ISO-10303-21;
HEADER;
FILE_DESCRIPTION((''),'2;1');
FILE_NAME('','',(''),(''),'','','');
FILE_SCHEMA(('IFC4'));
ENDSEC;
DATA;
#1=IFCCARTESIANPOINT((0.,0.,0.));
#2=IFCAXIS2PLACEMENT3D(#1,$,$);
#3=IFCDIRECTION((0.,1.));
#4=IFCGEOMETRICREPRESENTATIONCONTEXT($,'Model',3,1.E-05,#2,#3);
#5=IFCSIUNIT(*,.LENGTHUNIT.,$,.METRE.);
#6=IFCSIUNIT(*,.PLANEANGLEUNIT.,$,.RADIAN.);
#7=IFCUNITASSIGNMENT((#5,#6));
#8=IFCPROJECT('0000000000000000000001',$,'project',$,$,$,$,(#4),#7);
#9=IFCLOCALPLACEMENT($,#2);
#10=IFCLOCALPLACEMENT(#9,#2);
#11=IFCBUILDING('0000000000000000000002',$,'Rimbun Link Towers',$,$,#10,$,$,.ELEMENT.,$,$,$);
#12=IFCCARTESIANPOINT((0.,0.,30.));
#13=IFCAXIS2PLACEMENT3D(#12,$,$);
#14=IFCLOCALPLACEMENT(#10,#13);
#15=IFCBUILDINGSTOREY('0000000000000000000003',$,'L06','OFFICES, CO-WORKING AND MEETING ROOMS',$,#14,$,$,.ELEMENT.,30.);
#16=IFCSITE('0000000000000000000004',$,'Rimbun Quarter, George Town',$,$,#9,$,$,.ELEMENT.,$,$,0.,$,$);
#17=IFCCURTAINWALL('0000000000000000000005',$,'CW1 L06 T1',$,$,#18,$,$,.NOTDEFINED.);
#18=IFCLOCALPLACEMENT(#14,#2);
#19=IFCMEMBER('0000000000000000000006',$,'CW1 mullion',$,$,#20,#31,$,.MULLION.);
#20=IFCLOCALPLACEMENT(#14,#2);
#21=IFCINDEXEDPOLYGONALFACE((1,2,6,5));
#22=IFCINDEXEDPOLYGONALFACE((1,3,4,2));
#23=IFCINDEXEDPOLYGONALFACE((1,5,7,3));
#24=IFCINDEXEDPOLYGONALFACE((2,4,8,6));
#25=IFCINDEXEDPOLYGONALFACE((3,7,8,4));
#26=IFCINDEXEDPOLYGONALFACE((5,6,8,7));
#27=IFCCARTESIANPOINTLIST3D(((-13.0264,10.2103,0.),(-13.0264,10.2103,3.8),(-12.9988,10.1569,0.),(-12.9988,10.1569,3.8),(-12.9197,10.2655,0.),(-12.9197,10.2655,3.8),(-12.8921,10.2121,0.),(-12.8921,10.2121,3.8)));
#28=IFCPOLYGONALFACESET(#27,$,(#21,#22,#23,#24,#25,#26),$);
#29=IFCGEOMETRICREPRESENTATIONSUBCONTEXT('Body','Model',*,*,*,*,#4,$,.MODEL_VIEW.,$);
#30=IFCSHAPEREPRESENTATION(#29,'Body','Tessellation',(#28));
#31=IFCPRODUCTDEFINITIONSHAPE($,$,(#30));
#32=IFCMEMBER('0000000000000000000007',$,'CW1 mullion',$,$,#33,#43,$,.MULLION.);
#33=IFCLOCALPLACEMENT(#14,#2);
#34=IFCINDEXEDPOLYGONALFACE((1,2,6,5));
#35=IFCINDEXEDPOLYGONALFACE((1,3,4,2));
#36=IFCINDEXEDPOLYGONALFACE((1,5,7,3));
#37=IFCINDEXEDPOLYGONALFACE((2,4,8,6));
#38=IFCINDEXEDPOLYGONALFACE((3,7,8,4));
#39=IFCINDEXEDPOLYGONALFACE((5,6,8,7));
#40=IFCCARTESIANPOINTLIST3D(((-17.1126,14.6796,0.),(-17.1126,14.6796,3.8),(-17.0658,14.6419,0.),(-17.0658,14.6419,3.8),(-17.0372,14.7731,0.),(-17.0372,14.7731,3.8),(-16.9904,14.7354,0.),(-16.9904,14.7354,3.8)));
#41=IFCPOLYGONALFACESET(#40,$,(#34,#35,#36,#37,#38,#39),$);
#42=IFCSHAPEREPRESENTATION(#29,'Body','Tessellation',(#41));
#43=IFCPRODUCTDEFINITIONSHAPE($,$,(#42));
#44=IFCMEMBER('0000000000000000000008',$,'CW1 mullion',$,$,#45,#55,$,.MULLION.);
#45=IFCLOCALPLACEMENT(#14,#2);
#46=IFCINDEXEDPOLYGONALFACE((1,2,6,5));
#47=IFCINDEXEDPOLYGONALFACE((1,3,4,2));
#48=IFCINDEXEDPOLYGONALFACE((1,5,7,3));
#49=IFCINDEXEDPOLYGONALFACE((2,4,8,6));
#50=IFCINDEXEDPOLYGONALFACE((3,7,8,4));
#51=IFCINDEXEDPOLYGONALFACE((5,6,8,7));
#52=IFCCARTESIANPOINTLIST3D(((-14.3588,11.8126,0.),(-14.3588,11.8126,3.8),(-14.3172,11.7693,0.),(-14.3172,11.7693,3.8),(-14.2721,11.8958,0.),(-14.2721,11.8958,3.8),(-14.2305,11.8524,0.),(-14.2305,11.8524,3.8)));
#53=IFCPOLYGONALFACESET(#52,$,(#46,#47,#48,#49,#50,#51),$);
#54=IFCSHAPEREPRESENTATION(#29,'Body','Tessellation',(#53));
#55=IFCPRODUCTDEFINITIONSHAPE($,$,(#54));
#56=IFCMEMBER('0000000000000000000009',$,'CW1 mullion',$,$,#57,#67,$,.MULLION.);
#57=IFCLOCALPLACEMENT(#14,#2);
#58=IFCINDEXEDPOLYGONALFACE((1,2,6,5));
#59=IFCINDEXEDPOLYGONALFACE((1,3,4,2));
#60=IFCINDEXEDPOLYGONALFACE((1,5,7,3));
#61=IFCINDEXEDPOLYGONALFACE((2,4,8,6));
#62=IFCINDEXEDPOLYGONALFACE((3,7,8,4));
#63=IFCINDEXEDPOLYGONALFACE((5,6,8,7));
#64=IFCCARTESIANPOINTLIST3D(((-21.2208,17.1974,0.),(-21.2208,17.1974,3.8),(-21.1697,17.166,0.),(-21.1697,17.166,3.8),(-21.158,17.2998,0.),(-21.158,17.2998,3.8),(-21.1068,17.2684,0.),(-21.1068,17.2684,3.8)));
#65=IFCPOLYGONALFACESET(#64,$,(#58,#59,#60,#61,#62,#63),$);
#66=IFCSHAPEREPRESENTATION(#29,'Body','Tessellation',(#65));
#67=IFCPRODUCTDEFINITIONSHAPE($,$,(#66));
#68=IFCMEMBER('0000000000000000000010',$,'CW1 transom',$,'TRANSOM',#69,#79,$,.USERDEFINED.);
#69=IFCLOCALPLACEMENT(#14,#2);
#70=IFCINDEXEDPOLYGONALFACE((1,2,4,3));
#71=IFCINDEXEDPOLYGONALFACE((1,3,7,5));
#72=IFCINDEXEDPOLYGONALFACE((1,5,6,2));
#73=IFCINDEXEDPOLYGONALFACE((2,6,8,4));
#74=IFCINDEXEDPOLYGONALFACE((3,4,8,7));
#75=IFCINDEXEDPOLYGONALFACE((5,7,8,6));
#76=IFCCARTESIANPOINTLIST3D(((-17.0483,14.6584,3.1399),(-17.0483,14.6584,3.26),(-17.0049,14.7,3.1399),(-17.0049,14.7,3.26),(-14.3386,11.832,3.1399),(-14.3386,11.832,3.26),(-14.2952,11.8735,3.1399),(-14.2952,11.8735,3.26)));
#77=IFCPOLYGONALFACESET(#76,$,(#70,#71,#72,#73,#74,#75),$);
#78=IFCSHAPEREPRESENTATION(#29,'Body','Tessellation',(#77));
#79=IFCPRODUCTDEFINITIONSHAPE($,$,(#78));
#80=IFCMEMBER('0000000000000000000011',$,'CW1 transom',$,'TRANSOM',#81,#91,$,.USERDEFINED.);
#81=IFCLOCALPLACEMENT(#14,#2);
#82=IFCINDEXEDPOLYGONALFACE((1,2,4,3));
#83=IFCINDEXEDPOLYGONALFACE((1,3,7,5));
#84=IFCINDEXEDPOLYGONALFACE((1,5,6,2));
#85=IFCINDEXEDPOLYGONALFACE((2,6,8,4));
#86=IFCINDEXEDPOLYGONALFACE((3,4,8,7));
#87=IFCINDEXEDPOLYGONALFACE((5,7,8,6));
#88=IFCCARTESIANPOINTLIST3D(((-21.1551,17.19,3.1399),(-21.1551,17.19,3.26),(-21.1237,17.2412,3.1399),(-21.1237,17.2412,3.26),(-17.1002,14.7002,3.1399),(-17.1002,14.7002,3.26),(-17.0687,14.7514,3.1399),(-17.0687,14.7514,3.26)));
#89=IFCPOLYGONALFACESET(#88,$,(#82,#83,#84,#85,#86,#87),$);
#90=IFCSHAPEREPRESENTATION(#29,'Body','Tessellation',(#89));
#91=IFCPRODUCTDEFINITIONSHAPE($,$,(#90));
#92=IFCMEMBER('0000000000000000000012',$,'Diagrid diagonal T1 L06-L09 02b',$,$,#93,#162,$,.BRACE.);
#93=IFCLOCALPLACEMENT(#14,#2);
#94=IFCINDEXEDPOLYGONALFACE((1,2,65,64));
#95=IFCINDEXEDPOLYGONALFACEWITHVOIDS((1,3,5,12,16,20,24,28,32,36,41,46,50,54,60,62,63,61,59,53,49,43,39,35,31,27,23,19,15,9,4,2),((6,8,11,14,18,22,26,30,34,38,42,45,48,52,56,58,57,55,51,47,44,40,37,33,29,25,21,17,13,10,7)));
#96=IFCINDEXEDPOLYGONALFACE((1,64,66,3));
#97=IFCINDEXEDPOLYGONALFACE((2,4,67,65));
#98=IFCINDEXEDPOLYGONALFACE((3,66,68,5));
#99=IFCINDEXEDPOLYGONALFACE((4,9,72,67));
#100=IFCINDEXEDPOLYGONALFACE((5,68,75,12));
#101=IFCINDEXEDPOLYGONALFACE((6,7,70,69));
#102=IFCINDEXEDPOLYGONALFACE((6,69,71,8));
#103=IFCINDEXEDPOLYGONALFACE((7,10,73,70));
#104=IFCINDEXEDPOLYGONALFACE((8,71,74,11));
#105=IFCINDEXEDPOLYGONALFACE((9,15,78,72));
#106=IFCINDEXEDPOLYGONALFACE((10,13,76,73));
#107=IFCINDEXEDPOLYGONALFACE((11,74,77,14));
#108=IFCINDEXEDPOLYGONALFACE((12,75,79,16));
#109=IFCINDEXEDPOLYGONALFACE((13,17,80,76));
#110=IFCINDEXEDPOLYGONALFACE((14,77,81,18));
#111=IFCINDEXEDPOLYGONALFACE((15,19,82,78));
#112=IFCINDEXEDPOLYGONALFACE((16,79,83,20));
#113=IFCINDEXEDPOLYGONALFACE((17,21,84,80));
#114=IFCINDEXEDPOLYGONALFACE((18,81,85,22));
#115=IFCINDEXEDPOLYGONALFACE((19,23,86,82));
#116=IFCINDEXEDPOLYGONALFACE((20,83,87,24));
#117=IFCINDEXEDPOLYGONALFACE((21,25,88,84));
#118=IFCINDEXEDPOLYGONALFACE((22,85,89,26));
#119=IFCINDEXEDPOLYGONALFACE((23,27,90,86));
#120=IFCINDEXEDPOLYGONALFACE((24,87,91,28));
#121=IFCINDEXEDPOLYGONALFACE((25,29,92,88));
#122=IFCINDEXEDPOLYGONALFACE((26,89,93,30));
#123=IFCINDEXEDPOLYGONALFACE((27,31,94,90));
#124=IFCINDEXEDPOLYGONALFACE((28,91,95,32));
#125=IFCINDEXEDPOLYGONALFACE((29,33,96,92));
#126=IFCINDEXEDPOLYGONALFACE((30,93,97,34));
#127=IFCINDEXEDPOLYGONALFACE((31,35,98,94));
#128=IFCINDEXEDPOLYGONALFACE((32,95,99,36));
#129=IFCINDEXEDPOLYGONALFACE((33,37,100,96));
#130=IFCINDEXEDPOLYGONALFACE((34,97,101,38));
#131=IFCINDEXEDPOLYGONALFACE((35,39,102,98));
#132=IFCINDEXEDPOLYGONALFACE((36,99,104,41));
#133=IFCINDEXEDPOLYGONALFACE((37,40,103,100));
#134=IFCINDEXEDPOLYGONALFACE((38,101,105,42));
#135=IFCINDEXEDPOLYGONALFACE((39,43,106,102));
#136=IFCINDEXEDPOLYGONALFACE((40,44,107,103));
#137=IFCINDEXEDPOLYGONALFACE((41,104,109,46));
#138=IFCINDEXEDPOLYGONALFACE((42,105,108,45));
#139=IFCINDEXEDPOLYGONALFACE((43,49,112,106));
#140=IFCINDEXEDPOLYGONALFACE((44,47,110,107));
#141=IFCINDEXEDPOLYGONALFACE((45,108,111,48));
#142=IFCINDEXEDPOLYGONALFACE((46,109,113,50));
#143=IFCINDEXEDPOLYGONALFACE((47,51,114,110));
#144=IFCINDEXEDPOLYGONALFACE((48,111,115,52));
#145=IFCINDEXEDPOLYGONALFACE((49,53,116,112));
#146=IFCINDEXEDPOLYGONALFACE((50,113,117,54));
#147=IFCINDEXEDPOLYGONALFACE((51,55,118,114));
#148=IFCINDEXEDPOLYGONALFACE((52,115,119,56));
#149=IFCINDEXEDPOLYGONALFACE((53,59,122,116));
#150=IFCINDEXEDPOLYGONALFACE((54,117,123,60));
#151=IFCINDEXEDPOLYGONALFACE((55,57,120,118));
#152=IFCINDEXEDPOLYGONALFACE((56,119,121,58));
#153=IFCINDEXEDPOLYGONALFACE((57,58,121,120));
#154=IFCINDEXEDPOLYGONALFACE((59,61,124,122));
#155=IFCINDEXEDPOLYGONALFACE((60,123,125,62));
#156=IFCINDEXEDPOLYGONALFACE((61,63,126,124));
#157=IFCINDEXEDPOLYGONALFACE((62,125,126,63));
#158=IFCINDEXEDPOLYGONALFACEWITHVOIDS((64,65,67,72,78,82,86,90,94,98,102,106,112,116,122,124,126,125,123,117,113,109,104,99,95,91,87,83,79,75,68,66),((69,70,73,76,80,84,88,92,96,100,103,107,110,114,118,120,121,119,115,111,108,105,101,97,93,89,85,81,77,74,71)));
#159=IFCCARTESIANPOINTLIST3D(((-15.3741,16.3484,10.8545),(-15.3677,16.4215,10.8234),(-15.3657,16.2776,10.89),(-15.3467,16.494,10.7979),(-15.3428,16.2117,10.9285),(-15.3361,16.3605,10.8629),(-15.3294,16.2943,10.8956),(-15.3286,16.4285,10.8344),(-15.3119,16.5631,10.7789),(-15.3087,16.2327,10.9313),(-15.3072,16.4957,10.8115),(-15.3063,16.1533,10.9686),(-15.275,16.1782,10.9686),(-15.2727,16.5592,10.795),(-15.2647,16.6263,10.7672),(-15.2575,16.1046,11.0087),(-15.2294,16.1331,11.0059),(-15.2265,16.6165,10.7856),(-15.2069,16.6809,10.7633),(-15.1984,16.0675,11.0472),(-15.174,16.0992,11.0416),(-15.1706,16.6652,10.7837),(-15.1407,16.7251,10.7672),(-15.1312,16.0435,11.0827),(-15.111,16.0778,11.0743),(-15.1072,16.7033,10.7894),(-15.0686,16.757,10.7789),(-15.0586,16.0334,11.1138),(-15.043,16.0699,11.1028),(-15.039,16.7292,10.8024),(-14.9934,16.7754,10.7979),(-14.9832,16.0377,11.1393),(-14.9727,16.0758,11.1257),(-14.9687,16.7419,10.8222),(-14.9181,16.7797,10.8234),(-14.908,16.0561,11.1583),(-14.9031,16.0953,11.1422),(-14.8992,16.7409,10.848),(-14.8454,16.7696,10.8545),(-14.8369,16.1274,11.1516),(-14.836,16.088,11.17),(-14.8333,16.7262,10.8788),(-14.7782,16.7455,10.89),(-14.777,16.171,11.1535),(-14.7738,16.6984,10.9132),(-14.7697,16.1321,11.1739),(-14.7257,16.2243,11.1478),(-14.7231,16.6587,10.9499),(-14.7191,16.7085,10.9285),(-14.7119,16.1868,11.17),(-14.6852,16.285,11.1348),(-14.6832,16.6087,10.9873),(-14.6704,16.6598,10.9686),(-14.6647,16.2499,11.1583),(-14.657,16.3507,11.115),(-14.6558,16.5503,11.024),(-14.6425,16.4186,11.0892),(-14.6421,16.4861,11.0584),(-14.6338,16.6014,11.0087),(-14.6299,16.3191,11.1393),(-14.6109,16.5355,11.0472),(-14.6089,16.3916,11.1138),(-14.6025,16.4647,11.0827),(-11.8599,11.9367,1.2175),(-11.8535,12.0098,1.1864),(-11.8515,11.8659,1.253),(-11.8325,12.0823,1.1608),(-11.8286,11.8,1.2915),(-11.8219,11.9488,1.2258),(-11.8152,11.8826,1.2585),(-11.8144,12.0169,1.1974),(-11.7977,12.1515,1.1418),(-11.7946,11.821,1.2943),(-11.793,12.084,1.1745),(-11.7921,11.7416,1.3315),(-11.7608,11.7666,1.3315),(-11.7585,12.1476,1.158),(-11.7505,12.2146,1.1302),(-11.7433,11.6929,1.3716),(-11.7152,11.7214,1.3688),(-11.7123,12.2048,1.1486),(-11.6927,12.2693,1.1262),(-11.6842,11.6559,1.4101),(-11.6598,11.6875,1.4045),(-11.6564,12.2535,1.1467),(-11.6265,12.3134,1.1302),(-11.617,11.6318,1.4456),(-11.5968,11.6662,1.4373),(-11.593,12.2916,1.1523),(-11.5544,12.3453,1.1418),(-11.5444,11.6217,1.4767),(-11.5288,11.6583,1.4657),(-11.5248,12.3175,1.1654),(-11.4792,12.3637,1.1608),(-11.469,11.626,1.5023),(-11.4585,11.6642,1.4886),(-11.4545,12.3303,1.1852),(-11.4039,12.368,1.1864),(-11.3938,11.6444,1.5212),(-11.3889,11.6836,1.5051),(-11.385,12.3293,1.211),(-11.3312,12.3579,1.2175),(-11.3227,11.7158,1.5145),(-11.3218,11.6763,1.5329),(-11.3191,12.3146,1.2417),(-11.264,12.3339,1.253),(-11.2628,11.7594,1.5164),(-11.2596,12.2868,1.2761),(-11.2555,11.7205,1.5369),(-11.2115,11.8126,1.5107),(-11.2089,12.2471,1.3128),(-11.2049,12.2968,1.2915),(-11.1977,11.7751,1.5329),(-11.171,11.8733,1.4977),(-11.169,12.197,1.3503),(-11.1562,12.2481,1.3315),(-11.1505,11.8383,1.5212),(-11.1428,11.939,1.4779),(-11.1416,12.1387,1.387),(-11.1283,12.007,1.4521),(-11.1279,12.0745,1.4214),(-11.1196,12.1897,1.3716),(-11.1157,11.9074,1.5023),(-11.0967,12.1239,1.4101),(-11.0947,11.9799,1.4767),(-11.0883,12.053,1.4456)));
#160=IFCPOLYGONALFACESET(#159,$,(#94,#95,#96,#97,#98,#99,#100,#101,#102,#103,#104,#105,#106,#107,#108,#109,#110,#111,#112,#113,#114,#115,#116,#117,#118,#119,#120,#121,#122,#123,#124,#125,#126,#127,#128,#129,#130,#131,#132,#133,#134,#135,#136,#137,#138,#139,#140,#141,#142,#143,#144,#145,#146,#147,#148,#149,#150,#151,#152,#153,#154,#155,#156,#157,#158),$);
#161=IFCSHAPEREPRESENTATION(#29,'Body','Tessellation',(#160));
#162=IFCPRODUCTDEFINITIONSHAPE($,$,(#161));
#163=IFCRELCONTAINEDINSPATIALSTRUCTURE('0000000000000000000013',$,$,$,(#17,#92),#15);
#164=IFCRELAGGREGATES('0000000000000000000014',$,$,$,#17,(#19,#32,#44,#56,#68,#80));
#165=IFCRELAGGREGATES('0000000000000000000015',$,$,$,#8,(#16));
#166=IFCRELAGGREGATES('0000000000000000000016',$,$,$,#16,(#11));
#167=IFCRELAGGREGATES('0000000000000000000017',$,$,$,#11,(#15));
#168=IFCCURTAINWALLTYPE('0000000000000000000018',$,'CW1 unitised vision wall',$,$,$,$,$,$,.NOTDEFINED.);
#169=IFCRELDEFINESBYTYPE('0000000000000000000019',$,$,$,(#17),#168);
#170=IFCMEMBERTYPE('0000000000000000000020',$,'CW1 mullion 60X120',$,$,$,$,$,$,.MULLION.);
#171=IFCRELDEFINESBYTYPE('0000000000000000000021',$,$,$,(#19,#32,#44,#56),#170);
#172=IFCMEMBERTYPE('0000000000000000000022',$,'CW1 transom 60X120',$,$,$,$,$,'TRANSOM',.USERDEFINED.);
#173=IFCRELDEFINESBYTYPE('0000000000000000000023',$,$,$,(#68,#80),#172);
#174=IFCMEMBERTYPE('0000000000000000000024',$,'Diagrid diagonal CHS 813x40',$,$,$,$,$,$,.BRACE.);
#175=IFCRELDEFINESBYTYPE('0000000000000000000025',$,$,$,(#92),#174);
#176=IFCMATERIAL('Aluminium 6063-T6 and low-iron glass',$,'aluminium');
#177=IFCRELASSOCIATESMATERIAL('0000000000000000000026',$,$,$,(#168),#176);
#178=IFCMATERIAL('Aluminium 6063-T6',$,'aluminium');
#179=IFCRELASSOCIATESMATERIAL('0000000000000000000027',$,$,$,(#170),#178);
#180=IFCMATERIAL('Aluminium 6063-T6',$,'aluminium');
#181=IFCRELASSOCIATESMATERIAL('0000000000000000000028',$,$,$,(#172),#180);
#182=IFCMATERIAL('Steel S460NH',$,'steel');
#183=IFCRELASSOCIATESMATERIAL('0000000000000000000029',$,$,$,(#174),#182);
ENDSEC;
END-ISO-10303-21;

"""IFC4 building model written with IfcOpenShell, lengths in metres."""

from ifc_helpers import new_model, si_unit, direction, frame, origin, origin_2d, place, context, subcontext, project, spatial, rectangle, hollow_circle, extrude, material, material_profile, profile_set, type_object, element, aggregate, save


model = new_model("IFC4")

# Units and contexts
model_context = context("Model", 3, precision=1e-05, world=origin(), true_north=direction((0.0, 1.0)))
body_context = subcontext(model_context, "Body", "Model", "MODEL_VIEW")
ifc_project = project(units=[si_unit("LENGTHUNIT", "METRE"), si_unit("PLANEANGLEUNIT", "RADIAN")], contexts=[model_context])

# Site, building, storey
site_placement = place(None, origin())
site = spatial("IfcSite", under=ifc_project, at=site_placement, Name="Rimbun Quarter, George Town", CompositionType="ELEMENT", RefElevation=0.0)
building_placement = place(site_placement, origin())
building = spatial("IfcBuilding", under=site, at=building_placement, Name="Rimbun Link Towers", CompositionType="ELEMENT")
storey_placement = place(building_placement, frame((0.0, 0.0, 30.0)))
storey = spatial("IfcBuildingStorey", under=building, at=storey_placement, Name="L06", Description="OFFICES, CO-WORKING AND MEETING ROOMS", CompositionType="ELEMENT", Elevation=30.0)

# Curtain wall, members
ifc_material_1 = material(Name="Aluminium 6063-T6 and low-iron glass", Category="aluminium")
curtain_wall_type = type_object("IfcCurtainWallType", Name="CW1 unitised vision wall", PredefinedType="NOTDEFINED", material=ifc_material_1)
curtain_wall_placement = place(storey_placement, origin())
curtain_wall = element("IfcCurtainWall", 1, at=curtain_wall_placement, inside=storey, type_object=curtain_wall_type, Name="CW1 L06 T1", PredefinedType="NOTDEFINED")
ifc_material_2 = material(Name="Aluminium 6063-T6", Category="aluminium")
ifc_material_profile_1 = material_profile(ifc_material_2, rectangle(XDim=0.1201, YDim=0.0601, at=origin_2d()), Name="MULLION 60X120")
ifc_profile_set_1 = profile_set([ifc_material_profile_1], Name="Aluminium 6063-T6")
member_type_1 = type_object("IfcMemberType", Name="CW1 mullion 60X120", PredefinedType="MULLION", material=ifc_profile_set_1)
member_1_placement = place(storey_placement, frame((-12.9592, 10.2112, 0.0), z_axis=(0.0, 0.0, 1.0), x_axis=(0.888153, 0.459548, 0.0)))
member_1 = element("IfcMember", 2, at=member_1_placement, type_object=member_type_1, Name="CW1 mullion", PredefinedType="MULLION", context=body_context, shape_type="SweptSolid", body=[
    extrude(rectangle(XDim=0.1201, YDim=0.0601, at=origin_2d()), origin(), (0.0, 0.0, 1.0), 3.8),
])
member_2_placement = place(storey_placement, frame((-17.0515, 14.7075, 0.0), z_axis=(0.0, 0.0, 1.0), x_axis=(0.627666, 0.778483, 0.0)))
member_2 = element("IfcMember", 3, at=member_2_placement, type_object=member_type_1, Name="CW1 mullion", PredefinedType="MULLION", context=body_context, shape_type="SweptSolid", body=[
    extrude(rectangle(XDim=0.1201, YDim=0.0601, at=origin_2d()), origin(), (0.0, 0.0, 1.0), 3.8),
])
member_3_placement = place(storey_placement, frame((-14.2947, 11.8325, 0.0), z_axis=(0.0, 0.0, 1.0), x_axis=(0.721844, 0.692056, 0.0)))
member_3 = element("IfcMember", 4, at=member_3_placement, type_object=member_type_1, Name="CW1 mullion", PredefinedType="MULLION", context=body_context, shape_type="SweptSolid", body=[
    extrude(rectangle(XDim=0.1201, YDim=0.0601, at=origin_2d()), origin(), (0.0, 0.0, 1.0), 3.8),
])
member_4_placement = place(storey_placement, frame((-21.1638, 17.2329, 0.0), z_axis=(0.0, 0.0, 1.0), x_axis=(0.523232, 0.85219, 0.0)))
member_4 = element("IfcMember", 5, at=member_4_placement, type_object=member_type_1, Name="CW1 mullion", PredefinedType="MULLION", context=body_context, shape_type="SweptSolid", body=[
    extrude(rectangle(XDim=0.1201, YDim=0.0601, at=origin_2d()), origin(), (0.0, 0.0, 1.0), 3.8),
])
ifc_material_3 = material(Name="Aluminium 6063-T6", Category="aluminium")
ifc_material_profile_2 = material_profile(ifc_material_3, rectangle(XDim=0.0601, YDim=0.1201, at=origin_2d()), Name="TRANSOM 60X120")
ifc_profile_set_2 = profile_set([ifc_material_profile_2], Name="Aluminium 6063-T6")
member_type_2 = type_object("IfcMemberType", Name="CW1 transom 60X120", ElementType="TRANSOM", PredefinedType="USERDEFINED", material=ifc_profile_set_2)
member_5_placement = place(storey_placement, frame((-17.0266, 14.6792, 3.2), z_axis=(0.692048, -0.721852, 0.0), x_axis=(0.721852, 0.692048, 0.0)))
member_5 = element("IfcMember", 6, at=member_5_placement, type_object=member_type_2, Name="CW1 transom", ObjectType="TRANSOM", PredefinedType="USERDEFINED", context=body_context, shape_type="SweptSolid", body=[
    extrude(rectangle(XDim=0.0601, YDim=0.1201, at=origin_2d()), origin(), (0.0, 0.0, 1.0), 3.9155),
])
member_6_placement = place(storey_placement, frame((-21.1394, 17.2156, 3.2), z_axis=(0.852183, -0.523244, 0.0), x_axis=(0.523244, 0.852183, 0.0)))
member_6 = element("IfcMember", 7, at=member_6_placement, type_object=member_type_2, Name="CW1 transom", ObjectType="TRANSOM", PredefinedType="USERDEFINED", context=body_context, shape_type="SweptSolid", body=[
    extrude(rectangle(XDim=0.0601, YDim=0.1201, at=origin_2d()), origin(), (0.0, 0.0, 1.0), 4.7583),
])

# Member
ifc_material_4 = material(Name="Steel S460NH", Category="steel")
ifc_material_profile_3 = material_profile(ifc_material_4, hollow_circle(Radius=0.4065, WallThickness=0.04, at=origin_2d()), Name="Diagrid diagonal CHS 813x40")
ifc_profile_set_3 = profile_set([ifc_material_profile_3], Name="Steel S460NH")
member_type_3 = type_object("IfcMemberType", Name="Diagrid diagonal CHS 813x40", PredefinedType="BRACE", material=ifc_profile_set_3)
member_7_placement = place(storey_placement, frame((-11.4741, 11.9949, 1.3315), z_axis=(-0.314716, 0.395089, 0.863052), x_axis=(-0.782176, -0.623057, 0.0)))
element("IfcMember", 8, at=member_7_placement, inside=storey, type_object=member_type_3, Name="Diagrid diagonal T1 L06-L09 02b", PredefinedType="BRACE", context=body_context, shape_type="SweptSolid", body=[
    extrude(hollow_circle(Radius=0.4065, WallThickness=0.04, at=origin_2d()), origin(), (0.0, 0.0, 1.0), 11.1663),
])

aggregate(curtain_wall, [member_1, member_2, member_3, member_4, member_5, member_6])

save(model, "model.ifc")
